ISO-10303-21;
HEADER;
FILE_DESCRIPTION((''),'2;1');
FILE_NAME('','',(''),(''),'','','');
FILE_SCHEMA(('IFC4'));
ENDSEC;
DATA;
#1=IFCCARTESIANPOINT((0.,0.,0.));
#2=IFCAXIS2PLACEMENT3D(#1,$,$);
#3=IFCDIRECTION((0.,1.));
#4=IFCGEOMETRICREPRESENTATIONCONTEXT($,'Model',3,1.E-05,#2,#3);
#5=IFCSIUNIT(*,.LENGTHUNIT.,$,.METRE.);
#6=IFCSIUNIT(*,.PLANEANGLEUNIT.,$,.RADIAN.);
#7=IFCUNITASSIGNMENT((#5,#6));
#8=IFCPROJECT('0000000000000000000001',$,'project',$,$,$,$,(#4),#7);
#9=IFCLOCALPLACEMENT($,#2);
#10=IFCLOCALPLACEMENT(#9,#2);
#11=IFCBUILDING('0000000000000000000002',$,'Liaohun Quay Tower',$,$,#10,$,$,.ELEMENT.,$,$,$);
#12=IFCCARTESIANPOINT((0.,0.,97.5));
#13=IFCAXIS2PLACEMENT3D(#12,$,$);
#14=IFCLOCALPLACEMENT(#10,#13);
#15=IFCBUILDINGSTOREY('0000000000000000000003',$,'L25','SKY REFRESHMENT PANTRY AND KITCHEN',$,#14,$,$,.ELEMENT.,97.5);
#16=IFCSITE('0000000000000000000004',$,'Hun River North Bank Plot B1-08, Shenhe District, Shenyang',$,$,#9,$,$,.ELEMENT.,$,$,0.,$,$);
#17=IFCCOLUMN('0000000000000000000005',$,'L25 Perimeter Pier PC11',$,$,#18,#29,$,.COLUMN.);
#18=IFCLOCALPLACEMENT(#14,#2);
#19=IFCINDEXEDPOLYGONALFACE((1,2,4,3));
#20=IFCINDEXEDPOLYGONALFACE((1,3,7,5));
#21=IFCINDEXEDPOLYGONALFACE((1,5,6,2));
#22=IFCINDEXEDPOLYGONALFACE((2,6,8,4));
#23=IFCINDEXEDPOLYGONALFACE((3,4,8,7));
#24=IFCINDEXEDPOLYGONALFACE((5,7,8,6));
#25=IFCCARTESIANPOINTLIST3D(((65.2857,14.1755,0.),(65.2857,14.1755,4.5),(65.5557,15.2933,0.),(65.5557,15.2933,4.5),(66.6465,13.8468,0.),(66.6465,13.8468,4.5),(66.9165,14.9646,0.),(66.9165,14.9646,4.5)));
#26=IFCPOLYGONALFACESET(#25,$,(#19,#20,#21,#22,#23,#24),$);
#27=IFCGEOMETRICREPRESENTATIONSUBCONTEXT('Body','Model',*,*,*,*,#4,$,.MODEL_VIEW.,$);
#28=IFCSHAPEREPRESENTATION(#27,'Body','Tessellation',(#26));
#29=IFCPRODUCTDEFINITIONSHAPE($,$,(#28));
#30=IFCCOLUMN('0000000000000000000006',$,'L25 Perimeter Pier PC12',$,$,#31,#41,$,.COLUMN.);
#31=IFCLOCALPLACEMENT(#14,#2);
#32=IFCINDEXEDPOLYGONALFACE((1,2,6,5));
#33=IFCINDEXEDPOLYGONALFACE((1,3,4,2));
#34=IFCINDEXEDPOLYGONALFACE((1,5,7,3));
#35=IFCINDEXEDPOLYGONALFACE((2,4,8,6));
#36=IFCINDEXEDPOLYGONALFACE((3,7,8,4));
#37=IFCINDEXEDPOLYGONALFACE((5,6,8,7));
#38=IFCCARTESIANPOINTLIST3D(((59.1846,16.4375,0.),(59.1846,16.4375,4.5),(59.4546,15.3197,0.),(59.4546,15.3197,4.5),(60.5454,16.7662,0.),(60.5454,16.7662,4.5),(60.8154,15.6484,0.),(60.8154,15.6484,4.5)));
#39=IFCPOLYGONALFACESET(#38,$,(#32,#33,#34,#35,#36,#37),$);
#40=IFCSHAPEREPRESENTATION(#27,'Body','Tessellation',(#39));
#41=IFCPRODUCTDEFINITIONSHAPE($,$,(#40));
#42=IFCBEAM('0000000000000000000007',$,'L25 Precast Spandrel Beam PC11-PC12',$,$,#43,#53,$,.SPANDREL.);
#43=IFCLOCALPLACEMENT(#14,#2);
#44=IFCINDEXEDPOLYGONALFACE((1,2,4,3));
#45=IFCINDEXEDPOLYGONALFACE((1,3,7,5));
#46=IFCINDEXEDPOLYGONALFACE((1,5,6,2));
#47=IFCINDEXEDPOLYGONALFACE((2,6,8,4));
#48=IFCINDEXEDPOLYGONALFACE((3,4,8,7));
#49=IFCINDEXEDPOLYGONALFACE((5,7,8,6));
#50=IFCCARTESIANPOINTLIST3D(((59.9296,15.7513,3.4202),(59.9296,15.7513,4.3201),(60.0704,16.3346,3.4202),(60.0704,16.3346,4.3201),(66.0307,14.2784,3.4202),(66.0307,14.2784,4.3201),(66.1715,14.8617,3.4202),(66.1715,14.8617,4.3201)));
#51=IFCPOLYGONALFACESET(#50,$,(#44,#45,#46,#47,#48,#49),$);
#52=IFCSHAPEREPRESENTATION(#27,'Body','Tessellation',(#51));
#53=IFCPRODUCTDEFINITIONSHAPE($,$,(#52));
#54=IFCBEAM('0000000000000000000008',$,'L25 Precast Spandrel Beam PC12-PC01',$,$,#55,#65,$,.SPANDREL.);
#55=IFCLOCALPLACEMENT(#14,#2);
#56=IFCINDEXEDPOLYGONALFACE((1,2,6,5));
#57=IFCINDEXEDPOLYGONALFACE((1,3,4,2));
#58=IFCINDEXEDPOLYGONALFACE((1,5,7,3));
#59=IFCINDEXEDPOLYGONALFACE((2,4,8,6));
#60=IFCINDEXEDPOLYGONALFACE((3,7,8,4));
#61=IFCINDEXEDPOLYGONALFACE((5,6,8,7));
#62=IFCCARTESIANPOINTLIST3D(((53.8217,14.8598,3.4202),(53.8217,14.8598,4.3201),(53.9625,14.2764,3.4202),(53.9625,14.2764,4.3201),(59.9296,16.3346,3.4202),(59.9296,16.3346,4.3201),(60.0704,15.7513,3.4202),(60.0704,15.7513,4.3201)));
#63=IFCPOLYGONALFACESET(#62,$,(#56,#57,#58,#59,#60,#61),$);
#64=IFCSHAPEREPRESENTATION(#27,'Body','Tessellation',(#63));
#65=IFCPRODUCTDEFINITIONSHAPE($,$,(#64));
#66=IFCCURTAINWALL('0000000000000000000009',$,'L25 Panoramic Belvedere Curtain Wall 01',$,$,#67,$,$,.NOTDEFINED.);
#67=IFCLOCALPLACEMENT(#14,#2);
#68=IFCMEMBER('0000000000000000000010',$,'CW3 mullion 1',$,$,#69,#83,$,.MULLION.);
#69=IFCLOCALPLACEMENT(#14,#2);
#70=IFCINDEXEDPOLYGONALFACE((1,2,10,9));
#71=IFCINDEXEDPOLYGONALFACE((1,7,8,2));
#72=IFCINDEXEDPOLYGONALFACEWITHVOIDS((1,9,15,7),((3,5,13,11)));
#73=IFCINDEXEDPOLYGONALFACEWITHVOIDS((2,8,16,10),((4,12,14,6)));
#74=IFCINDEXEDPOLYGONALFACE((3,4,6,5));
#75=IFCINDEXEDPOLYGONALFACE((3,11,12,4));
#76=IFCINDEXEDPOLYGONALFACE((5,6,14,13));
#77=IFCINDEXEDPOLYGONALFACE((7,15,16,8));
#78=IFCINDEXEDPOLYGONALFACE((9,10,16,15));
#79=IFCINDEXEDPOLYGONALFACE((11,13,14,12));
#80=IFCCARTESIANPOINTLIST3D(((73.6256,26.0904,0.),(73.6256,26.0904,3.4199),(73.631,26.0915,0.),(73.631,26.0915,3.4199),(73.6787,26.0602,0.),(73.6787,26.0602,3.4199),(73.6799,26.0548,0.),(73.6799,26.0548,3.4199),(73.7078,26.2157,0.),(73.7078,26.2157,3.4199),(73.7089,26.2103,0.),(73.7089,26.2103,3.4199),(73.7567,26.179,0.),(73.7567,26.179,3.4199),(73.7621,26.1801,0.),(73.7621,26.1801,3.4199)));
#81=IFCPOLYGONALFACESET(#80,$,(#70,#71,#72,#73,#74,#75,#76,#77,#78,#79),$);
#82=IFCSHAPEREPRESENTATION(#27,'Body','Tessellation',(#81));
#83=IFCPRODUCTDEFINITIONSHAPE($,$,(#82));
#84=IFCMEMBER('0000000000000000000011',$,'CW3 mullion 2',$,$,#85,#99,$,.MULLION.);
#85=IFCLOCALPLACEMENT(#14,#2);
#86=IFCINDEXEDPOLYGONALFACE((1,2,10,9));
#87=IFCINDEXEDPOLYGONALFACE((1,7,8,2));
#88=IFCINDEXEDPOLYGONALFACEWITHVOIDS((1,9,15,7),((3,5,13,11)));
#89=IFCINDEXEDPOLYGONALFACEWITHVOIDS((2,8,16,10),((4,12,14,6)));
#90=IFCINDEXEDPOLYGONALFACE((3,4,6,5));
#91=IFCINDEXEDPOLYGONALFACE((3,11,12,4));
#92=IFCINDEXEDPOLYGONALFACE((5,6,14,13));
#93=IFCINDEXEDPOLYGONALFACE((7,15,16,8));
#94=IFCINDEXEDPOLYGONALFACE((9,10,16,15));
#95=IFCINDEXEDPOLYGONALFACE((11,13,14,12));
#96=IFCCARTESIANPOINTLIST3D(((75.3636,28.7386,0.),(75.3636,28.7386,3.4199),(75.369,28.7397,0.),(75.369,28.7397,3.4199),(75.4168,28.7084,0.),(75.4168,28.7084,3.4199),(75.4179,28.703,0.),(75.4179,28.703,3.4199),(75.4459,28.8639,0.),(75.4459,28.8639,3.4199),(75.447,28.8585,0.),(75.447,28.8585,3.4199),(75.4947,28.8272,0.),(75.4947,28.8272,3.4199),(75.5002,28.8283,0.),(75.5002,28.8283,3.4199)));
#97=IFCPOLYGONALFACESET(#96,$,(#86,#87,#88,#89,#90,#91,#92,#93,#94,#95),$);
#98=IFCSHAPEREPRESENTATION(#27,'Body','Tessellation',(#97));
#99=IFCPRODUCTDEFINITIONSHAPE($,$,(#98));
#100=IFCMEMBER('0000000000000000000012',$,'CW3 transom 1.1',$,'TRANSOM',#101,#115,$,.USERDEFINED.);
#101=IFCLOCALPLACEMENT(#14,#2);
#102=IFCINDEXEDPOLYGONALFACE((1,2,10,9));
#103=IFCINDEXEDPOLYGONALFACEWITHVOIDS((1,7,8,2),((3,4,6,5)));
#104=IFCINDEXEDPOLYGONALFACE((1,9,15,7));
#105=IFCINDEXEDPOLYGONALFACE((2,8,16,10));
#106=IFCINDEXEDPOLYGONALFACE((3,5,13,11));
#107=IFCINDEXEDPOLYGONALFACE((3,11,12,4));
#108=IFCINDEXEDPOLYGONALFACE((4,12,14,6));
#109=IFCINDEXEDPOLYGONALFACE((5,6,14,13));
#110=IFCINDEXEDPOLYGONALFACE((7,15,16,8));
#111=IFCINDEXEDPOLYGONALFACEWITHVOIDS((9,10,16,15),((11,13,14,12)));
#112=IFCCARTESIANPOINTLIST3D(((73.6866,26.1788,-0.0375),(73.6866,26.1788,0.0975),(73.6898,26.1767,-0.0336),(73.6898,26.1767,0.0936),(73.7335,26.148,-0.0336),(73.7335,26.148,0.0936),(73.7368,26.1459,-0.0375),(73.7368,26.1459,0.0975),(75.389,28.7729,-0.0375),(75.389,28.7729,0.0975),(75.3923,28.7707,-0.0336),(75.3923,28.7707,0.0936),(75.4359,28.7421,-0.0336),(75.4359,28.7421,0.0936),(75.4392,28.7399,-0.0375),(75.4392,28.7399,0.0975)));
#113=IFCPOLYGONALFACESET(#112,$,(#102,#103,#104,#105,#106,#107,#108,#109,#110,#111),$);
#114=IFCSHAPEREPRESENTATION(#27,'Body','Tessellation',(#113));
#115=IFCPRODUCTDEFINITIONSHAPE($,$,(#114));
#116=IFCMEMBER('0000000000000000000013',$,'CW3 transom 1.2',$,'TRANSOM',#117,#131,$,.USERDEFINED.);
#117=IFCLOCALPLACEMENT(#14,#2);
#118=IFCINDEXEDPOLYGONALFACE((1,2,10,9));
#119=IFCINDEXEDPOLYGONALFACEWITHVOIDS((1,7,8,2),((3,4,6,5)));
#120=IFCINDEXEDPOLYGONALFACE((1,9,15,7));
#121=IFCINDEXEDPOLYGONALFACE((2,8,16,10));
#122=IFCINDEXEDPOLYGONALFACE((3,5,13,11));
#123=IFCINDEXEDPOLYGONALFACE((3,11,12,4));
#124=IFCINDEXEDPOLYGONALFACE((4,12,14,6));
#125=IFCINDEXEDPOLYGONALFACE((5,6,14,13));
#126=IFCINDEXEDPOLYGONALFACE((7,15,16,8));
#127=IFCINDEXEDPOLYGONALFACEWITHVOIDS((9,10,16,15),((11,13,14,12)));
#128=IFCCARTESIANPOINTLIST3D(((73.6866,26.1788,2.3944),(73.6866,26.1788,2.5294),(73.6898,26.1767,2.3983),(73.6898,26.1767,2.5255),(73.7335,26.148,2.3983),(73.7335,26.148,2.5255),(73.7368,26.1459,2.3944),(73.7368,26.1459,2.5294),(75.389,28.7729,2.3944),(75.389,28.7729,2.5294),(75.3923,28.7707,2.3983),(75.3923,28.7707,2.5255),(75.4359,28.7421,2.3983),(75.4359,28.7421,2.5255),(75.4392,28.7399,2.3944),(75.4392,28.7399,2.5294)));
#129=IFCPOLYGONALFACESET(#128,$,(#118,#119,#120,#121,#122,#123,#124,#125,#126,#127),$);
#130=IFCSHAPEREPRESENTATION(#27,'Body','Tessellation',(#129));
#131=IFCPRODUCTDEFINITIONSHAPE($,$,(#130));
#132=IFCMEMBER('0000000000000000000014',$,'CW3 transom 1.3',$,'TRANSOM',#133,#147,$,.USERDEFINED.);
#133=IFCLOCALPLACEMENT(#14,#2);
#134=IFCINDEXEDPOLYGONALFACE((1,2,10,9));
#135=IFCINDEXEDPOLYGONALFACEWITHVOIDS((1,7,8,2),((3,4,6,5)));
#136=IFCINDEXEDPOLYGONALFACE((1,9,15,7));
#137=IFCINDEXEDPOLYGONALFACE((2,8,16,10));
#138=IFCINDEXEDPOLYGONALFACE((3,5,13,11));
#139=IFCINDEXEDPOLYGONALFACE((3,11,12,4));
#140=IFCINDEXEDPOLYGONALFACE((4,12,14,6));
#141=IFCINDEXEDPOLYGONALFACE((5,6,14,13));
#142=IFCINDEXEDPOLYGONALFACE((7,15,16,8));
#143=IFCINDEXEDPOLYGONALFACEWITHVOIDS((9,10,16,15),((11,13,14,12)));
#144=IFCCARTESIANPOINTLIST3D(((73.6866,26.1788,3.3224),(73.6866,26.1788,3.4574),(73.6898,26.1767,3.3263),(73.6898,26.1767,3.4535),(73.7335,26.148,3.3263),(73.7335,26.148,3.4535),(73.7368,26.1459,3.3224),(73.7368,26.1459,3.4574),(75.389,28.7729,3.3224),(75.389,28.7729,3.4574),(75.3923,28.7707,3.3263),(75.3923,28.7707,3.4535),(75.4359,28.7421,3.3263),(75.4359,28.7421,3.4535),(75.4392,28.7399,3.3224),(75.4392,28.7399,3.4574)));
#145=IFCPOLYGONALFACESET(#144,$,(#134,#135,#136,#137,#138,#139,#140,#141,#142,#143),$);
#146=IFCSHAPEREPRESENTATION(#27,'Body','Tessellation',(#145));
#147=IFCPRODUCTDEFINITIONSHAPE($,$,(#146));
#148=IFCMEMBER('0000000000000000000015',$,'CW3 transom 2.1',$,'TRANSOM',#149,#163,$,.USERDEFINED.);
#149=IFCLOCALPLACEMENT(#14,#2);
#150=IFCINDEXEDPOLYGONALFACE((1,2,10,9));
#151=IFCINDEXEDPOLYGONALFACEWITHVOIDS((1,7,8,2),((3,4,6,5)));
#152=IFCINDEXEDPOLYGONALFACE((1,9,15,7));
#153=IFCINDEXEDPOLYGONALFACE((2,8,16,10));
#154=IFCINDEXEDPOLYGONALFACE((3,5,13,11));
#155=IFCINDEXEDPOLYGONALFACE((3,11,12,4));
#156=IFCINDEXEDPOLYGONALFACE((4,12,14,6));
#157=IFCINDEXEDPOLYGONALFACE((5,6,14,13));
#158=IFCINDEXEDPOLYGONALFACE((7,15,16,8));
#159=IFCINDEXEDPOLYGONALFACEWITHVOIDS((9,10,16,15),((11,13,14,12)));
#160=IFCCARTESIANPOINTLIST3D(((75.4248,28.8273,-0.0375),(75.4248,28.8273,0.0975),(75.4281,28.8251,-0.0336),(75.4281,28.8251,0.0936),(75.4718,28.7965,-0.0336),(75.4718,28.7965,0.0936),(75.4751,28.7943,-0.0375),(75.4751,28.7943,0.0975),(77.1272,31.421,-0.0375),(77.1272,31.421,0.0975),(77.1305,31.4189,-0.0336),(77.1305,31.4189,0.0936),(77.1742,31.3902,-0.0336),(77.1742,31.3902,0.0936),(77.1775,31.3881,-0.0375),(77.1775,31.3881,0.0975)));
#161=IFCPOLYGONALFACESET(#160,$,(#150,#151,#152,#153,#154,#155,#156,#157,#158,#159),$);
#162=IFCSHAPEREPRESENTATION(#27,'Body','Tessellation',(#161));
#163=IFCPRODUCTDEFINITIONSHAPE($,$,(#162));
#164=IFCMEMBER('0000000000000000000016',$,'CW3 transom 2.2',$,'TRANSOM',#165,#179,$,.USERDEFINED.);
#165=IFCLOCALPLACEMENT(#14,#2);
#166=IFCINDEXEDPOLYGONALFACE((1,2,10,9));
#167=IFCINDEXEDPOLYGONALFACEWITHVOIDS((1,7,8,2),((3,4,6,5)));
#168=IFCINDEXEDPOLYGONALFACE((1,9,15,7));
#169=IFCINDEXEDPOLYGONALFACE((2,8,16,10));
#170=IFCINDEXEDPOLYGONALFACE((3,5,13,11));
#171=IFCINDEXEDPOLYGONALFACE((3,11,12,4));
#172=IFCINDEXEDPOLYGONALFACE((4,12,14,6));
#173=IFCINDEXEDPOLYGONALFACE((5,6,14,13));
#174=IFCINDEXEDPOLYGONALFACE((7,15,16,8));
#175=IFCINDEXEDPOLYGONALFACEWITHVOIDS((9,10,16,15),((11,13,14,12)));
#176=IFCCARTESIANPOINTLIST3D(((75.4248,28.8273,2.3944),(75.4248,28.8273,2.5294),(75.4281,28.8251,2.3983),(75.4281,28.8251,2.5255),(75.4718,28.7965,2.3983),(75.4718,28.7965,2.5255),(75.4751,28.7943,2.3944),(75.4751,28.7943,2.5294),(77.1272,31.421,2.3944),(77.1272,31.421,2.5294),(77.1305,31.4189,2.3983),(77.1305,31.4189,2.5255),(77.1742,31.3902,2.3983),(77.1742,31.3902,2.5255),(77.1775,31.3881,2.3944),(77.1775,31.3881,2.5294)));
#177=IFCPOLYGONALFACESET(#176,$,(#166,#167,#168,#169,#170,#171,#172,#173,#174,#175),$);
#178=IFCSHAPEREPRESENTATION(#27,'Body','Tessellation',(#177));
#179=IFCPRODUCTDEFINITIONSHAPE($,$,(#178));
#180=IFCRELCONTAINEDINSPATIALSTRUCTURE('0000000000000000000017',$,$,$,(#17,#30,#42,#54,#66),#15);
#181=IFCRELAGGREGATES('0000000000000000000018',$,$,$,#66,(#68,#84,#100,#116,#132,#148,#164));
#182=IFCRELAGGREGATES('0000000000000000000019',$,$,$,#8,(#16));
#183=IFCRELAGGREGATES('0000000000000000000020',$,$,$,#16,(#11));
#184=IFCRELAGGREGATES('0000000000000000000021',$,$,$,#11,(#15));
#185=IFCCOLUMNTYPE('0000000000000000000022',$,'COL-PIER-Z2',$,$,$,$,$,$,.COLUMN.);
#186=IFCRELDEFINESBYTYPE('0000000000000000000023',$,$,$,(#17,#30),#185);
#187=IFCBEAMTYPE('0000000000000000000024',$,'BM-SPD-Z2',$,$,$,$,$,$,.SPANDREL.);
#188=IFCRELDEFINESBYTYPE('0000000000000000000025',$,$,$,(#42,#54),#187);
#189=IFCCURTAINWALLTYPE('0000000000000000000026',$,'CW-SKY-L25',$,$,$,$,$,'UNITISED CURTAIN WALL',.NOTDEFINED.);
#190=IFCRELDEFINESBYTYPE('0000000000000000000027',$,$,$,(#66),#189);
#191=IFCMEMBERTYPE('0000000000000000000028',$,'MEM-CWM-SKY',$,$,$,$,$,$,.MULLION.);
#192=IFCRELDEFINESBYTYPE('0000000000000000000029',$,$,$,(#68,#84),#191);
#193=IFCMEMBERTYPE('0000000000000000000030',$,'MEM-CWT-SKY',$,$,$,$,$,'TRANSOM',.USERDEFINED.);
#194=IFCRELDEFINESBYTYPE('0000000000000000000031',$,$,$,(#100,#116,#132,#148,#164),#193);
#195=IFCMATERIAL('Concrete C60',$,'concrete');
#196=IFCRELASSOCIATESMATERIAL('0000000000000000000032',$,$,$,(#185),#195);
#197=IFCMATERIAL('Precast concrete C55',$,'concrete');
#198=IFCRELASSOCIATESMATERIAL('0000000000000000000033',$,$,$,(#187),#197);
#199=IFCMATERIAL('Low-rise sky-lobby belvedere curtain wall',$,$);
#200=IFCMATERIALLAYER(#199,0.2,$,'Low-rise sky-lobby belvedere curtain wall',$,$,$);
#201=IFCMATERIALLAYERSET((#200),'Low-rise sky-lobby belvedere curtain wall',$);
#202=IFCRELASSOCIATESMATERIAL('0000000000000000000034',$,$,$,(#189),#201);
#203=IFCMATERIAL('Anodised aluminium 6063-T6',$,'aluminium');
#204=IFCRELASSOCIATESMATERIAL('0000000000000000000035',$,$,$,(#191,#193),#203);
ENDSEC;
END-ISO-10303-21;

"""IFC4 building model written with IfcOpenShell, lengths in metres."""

from ifc_helpers import new_model, si_unit, direction, frame, origin, origin_2d, place, context, subcontext, project, spatial, rectangle, hollow_rectangle, extrude, source, transform, mapped, material, layer, layer_set, material_profile, profile_set, type_object, element, aggregate, save


model = new_model("IFC4")

# Units and contexts
model_context = context("Model", 3, precision=1e-05, world=origin(), true_north=direction((0.0, 1.0)))
body_context = subcontext(model_context, "Body", "Model", "MODEL_VIEW")
ifc_project = project(units=[si_unit("LENGTHUNIT", "METRE"), si_unit("PLANEANGLEUNIT", "RADIAN")], contexts=[model_context])

# Site, building, storey
site_placement = place(None, origin())
site = spatial("IfcSite", under=ifc_project, at=site_placement, Name="Hun River North Bank Plot B1-08, Shenhe District, Shenyang", CompositionType="ELEMENT", RefElevation=0.0)
building_placement = place(site_placement, origin())
building = spatial("IfcBuilding", under=site, at=building_placement, Name="Liaohun Quay Tower", CompositionType="ELEMENT")
storey_placement = place(building_placement, frame((0.0, 0.0, 97.5)))
storey = spatial("IfcBuildingStorey", under=building, at=storey_placement, Name="L25", Description="SKY REFRESHMENT PANTRY AND KITCHEN", CompositionType="ELEMENT", Elevation=97.5)

# Columns
ifc_material_1 = material(Name="Concrete C60", Category="concrete")
ifc_material_profile_1 = material_profile(ifc_material_1, rectangle(XDim=1.3999, YDim=1.1499, at=origin_2d()), Name="RC1400x1150")
ifc_profile_set_1 = profile_set([ifc_material_profile_1], Name="Concrete C60")
column_type = type_object("IfcColumnType", Name="COL-PIER-Z2", PredefinedType="COLUMN", material=ifc_profile_set_1)
shared_shape_1 = source(origin(), body_context, "Body", "SweptSolid", [
    extrude(rectangle(XDim=1.3999, YDim=1.1499, at=origin_2d()), origin(), (0.0, 0.0, 1.0), 4.5),
])
for number, where, z_axis, x_axis, name in (
    (1, (66.1011, 14.5701, 0.0), (0.0, 0.0, 1.0), (-0.972043, 0.234803, 0.0), "L25 Perimeter Pier PC11"),
    (2, (60.0, 16.043, 0.0), (0.0, 0.0, 1.0), (0.972043, 0.234803, 0.0), "L25 Perimeter Pier PC12"),
):
    element("IfcColumn", number, at=place(storey_placement, frame(where, z_axis=z_axis, x_axis=x_axis)), inside=storey, type_object=column_type, Name=name, PredefinedType="COLUMN", context=body_context, shape_type="MappedRepresentation", body=[
        mapped(shared_shape_1, transform((0.0, 0.0, 0.0), x_axis=(1.0, 0.0, 0.0), y_axis=(0.0, 1.0, 0.0), z_axis=(0.0, 0.0, 1.0), scale=1.0)),
    ])

# Beams
ifc_material_2 = material(Name="Precast concrete C55", Category="concrete")
ifc_material_profile_2 = material_profile(ifc_material_2, rectangle(XDim=0.6001, YDim=0.8999, at=origin_2d()), Name="RC600x900")
ifc_profile_set_2 = profile_set([ifc_material_profile_2], Name="Precast concrete C55")
beam_type = type_object("IfcBeamType", Name="BM-SPD-Z2", PredefinedType="SPANDREL", material=ifc_profile_set_2)
shared_shape_2 = source(origin(), body_context, "Body", "SweptSolid", [
    extrude(rectangle(XDim=0.6001, YDim=0.8999, at=origin_2d()), origin(), (0.0, 0.0, 1.0), 6.2764),
])
beam_1_placement = place(storey_placement, frame((66.1011, 14.5701, 3.8701), z_axis=(-0.972074, 0.234675, 0.0), x_axis=(-0.234675, -0.972074, 0.0)))
element("IfcBeam", 3, at=beam_1_placement, inside=storey, type_object=beam_type, Name="L25 Precast Spandrel Beam PC11-PC12", PredefinedType="SPANDREL", context=body_context, shape_type="MappedRepresentation", body=[
    mapped(shared_shape_2, transform((0.0, 0.0, 0.0), x_axis=(1.0, 0.0, 0.0), y_axis=(0.0, 1.0, 0.0), z_axis=(0.0, 0.0, 1.0), scale=1.0)),
])
shared_shape_3 = source(origin(), body_context, "Body", "SweptSolid", [
    extrude(rectangle(XDim=0.6001, YDim=0.8999, at=origin_2d()), origin(), (0.0, 0.0, 1.0), 6.2834),
])
beam_2_placement = place(storey_placement, frame((60.0, 16.043, 3.8701), z_axis=(-0.972063, -0.23472, 0.0), x_axis=(0.23472, -0.972063, 0.0)))
element("IfcBeam", 4, at=beam_2_placement, inside=storey, type_object=beam_type, Name="L25 Precast Spandrel Beam PC12-PC01", PredefinedType="SPANDREL", context=body_context, shape_type="MappedRepresentation", body=[
    mapped(shared_shape_3, transform((0.0, 0.0, 0.0), x_axis=(1.0, 0.0, 0.0), y_axis=(0.0, 1.0, 0.0), z_axis=(0.0, 0.0, 1.0), scale=1.0)),
])

# Curtain wall, members
ifc_material_3 = material(Name="Low-rise sky-lobby belvedere curtain wall")
ifc_layer_1 = layer(ifc_material_3, 0.2, Name="Low-rise sky-lobby belvedere curtain wall")
ifc_layer_set_1 = layer_set([ifc_layer_1], Name="Low-rise sky-lobby belvedere curtain wall")
curtain_wall_type = type_object("IfcCurtainWallType", Name="CW-SKY-L25", ElementType="UNITISED CURTAIN WALL", PredefinedType="NOTDEFINED", material=ifc_layer_set_1)
curtain_wall_placement = place(storey_placement, origin())
curtain_wall = element("IfcCurtainWall", 5, at=curtain_wall_placement, inside=storey, type_object=curtain_wall_type, Name="L25 Panoramic Belvedere Curtain Wall 01", PredefinedType="NOTDEFINED")
ifc_material_4 = material(Name="Anodised aluminium 6063-T6", Category="aluminium")
ifc_material_profile_3 = material_profile(ifc_material_4, hollow_rectangle(XDim=0.0649, YDim=0.1499, WallThickness=0.0039, at=origin_2d()), Name="RHS150x65x4")
ifc_profile_set_3 = profile_set([ifc_material_profile_3], Name="Anodised aluminium 6063-T6")
member_type_1 = type_object("IfcMemberType", Name="MEM-CWM-SKY", PredefinedType="MULLION", material=ifc_profile_set_3)
shared_shape_4 = source(origin(), body_context, "Body", "SweptSolid", [
    extrude(hollow_rectangle(XDim=0.0649, YDim=0.1499, WallThickness=0.0039, at=origin_2d()), origin(), (0.0, 0.0, 1.0), 3.4199),
])
member_1_placement = place(storey_placement, frame((73.6938, 26.1353, 0.0), z_axis=(0.0, 0.0, 1.0), x_axis=(-0.836019, 0.548701, 0.0)))
member_1 = element("IfcMember", 6, at=member_1_placement, type_object=member_type_1, Name="CW3 mullion 1", PredefinedType="MULLION", context=body_context, shape_type="MappedRepresentation", body=[
    mapped(shared_shape_4, transform((0.0, 0.0, 0.0), x_axis=(1.0, 0.0, 0.0), y_axis=(0.0, 1.0, 0.0), z_axis=(0.0, 0.0, 1.0), scale=1.0)),
])
member_2_placement = place(storey_placement, frame((75.4319, 28.7834, 0.0), z_axis=(0.0, 0.0, 1.0), x_axis=(-0.836019, 0.548701, 0.0)))
member_2 = element("IfcMember", 7, at=member_2_placement, type_object=member_type_1, Name="CW3 mullion 2", PredefinedType="MULLION", context=body_context, shape_type="MappedRepresentation", body=[
    mapped(shared_shape_4, transform((0.0, 0.0, 0.0), x_axis=(1.0, 0.0, 0.0), y_axis=(0.0, 1.0, 0.0), z_axis=(0.0, 0.0, 1.0), scale=1.0)),
])
ifc_material_profile_4 = material_profile(ifc_material_4, hollow_rectangle(XDim=0.0601, YDim=0.135, WallThickness=0.0039, at=origin_2d()), Name="RHS135x60x4")
ifc_profile_set_4 = profile_set([ifc_material_profile_4], Name="Anodised aluminium 6063-T6")
member_type_2 = type_object("IfcMemberType", Name="MEM-CWT-SKY", ElementType="TRANSOM", PredefinedType="USERDEFINED", material=ifc_profile_set_4)
shared_shape_5 = source(origin(), body_context, "Body", "SweptSolid", [
    extrude(hollow_rectangle(XDim=0.0601, YDim=0.135, WallThickness=0.0039, at=origin_2d()), origin(), (0.0, 0.0, 1.0), 3.1028),
])
member_3_placement = place(storey_placement, frame((73.7117, 26.1624, 0.03), z_axis=(0.548675, 0.836036, 0.0), x_axis=(-0.836036, 0.548675, 0.0)))
member_3 = element("IfcMember", 8, at=member_3_placement, type_object=member_type_2, Name="CW3 transom 1.1", ObjectType="TRANSOM", PredefinedType="USERDEFINED", context=body_context, shape_type="MappedRepresentation", body=[
    mapped(shared_shape_5, transform((0.0, 0.0, 0.0), x_axis=(1.0, 0.0, 0.0), y_axis=(0.0, 1.0, 0.0), z_axis=(0.0, 0.0, 1.0), scale=1.0)),
])
member_4_placement = place(storey_placement, frame((73.7117, 26.1624, 2.4619), z_axis=(0.548675, 0.836036, 0.0), x_axis=(-0.836036, 0.548675, 0.0)))
member_4 = element("IfcMember", 9, at=member_4_placement, type_object=member_type_2, Name="CW3 transom 1.2", ObjectType="TRANSOM", PredefinedType="USERDEFINED", context=body_context, shape_type="MappedRepresentation", body=[
    mapped(shared_shape_5, transform((0.0, 0.0, 0.0), x_axis=(1.0, 0.0, 0.0), y_axis=(0.0, 1.0, 0.0), z_axis=(0.0, 0.0, 1.0), scale=1.0)),
])
member_5_placement = place(storey_placement, frame((73.7117, 26.1624, 3.3899), z_axis=(0.548675, 0.836036, 0.0), x_axis=(-0.836036, 0.548675, 0.0)))
member_5 = element("IfcMember", 10, at=member_5_placement, type_object=member_type_2, Name="CW3 transom 1.3", ObjectType="TRANSOM", PredefinedType="USERDEFINED", context=body_context, shape_type="MappedRepresentation", body=[
    mapped(shared_shape_5, transform((0.0, 0.0, 0.0), x_axis=(1.0, 0.0, 0.0), y_axis=(0.0, 1.0, 0.0), z_axis=(0.0, 0.0, 1.0), scale=1.0)),
])
shared_shape_6 = source(origin(), body_context, "Body", "SweptSolid", [
    extrude(hollow_rectangle(XDim=0.0601, YDim=0.135, WallThickness=0.0039, at=origin_2d()), origin(), (0.0, 0.0, 1.0), 3.1025),
])
member_6_placement = place(storey_placement, frame((75.45, 28.8108, 0.03), z_axis=(0.548711, 0.836012, 0.0), x_axis=(-0.836012, 0.548711, 0.0)))
member_6 = element("IfcMember", 11, at=member_6_placement, type_object=member_type_2, Name="CW3 transom 2.1", ObjectType="TRANSOM", PredefinedType="USERDEFINED", context=body_context, shape_type="MappedRepresentation", body=[
    mapped(shared_shape_6, transform((0.0, 0.0, 0.0), x_axis=(1.0, 0.0, 0.0), y_axis=(0.0, 1.0, 0.0), z_axis=(0.0, 0.0, 1.0), scale=1.0)),
])
member_7_placement = place(storey_placement, frame((75.45, 28.8108, 2.4619), z_axis=(0.548711, 0.836012, 0.0), x_axis=(-0.836012, 0.548711, 0.0)))
member_7 = element("IfcMember", 12, at=member_7_placement, type_object=member_type_2, Name="CW3 transom 2.2", ObjectType="TRANSOM", PredefinedType="USERDEFINED", context=body_context, shape_type="MappedRepresentation", body=[
    mapped(shared_shape_6, transform((0.0, 0.0, 0.0), x_axis=(1.0, 0.0, 0.0), y_axis=(0.0, 1.0, 0.0), z_axis=(0.0, 0.0, 1.0), scale=1.0)),
])
aggregate(curtain_wall, [member_1, member_2, member_3, member_4, member_5, member_6, member_7])

save(model, "model.ifc")
